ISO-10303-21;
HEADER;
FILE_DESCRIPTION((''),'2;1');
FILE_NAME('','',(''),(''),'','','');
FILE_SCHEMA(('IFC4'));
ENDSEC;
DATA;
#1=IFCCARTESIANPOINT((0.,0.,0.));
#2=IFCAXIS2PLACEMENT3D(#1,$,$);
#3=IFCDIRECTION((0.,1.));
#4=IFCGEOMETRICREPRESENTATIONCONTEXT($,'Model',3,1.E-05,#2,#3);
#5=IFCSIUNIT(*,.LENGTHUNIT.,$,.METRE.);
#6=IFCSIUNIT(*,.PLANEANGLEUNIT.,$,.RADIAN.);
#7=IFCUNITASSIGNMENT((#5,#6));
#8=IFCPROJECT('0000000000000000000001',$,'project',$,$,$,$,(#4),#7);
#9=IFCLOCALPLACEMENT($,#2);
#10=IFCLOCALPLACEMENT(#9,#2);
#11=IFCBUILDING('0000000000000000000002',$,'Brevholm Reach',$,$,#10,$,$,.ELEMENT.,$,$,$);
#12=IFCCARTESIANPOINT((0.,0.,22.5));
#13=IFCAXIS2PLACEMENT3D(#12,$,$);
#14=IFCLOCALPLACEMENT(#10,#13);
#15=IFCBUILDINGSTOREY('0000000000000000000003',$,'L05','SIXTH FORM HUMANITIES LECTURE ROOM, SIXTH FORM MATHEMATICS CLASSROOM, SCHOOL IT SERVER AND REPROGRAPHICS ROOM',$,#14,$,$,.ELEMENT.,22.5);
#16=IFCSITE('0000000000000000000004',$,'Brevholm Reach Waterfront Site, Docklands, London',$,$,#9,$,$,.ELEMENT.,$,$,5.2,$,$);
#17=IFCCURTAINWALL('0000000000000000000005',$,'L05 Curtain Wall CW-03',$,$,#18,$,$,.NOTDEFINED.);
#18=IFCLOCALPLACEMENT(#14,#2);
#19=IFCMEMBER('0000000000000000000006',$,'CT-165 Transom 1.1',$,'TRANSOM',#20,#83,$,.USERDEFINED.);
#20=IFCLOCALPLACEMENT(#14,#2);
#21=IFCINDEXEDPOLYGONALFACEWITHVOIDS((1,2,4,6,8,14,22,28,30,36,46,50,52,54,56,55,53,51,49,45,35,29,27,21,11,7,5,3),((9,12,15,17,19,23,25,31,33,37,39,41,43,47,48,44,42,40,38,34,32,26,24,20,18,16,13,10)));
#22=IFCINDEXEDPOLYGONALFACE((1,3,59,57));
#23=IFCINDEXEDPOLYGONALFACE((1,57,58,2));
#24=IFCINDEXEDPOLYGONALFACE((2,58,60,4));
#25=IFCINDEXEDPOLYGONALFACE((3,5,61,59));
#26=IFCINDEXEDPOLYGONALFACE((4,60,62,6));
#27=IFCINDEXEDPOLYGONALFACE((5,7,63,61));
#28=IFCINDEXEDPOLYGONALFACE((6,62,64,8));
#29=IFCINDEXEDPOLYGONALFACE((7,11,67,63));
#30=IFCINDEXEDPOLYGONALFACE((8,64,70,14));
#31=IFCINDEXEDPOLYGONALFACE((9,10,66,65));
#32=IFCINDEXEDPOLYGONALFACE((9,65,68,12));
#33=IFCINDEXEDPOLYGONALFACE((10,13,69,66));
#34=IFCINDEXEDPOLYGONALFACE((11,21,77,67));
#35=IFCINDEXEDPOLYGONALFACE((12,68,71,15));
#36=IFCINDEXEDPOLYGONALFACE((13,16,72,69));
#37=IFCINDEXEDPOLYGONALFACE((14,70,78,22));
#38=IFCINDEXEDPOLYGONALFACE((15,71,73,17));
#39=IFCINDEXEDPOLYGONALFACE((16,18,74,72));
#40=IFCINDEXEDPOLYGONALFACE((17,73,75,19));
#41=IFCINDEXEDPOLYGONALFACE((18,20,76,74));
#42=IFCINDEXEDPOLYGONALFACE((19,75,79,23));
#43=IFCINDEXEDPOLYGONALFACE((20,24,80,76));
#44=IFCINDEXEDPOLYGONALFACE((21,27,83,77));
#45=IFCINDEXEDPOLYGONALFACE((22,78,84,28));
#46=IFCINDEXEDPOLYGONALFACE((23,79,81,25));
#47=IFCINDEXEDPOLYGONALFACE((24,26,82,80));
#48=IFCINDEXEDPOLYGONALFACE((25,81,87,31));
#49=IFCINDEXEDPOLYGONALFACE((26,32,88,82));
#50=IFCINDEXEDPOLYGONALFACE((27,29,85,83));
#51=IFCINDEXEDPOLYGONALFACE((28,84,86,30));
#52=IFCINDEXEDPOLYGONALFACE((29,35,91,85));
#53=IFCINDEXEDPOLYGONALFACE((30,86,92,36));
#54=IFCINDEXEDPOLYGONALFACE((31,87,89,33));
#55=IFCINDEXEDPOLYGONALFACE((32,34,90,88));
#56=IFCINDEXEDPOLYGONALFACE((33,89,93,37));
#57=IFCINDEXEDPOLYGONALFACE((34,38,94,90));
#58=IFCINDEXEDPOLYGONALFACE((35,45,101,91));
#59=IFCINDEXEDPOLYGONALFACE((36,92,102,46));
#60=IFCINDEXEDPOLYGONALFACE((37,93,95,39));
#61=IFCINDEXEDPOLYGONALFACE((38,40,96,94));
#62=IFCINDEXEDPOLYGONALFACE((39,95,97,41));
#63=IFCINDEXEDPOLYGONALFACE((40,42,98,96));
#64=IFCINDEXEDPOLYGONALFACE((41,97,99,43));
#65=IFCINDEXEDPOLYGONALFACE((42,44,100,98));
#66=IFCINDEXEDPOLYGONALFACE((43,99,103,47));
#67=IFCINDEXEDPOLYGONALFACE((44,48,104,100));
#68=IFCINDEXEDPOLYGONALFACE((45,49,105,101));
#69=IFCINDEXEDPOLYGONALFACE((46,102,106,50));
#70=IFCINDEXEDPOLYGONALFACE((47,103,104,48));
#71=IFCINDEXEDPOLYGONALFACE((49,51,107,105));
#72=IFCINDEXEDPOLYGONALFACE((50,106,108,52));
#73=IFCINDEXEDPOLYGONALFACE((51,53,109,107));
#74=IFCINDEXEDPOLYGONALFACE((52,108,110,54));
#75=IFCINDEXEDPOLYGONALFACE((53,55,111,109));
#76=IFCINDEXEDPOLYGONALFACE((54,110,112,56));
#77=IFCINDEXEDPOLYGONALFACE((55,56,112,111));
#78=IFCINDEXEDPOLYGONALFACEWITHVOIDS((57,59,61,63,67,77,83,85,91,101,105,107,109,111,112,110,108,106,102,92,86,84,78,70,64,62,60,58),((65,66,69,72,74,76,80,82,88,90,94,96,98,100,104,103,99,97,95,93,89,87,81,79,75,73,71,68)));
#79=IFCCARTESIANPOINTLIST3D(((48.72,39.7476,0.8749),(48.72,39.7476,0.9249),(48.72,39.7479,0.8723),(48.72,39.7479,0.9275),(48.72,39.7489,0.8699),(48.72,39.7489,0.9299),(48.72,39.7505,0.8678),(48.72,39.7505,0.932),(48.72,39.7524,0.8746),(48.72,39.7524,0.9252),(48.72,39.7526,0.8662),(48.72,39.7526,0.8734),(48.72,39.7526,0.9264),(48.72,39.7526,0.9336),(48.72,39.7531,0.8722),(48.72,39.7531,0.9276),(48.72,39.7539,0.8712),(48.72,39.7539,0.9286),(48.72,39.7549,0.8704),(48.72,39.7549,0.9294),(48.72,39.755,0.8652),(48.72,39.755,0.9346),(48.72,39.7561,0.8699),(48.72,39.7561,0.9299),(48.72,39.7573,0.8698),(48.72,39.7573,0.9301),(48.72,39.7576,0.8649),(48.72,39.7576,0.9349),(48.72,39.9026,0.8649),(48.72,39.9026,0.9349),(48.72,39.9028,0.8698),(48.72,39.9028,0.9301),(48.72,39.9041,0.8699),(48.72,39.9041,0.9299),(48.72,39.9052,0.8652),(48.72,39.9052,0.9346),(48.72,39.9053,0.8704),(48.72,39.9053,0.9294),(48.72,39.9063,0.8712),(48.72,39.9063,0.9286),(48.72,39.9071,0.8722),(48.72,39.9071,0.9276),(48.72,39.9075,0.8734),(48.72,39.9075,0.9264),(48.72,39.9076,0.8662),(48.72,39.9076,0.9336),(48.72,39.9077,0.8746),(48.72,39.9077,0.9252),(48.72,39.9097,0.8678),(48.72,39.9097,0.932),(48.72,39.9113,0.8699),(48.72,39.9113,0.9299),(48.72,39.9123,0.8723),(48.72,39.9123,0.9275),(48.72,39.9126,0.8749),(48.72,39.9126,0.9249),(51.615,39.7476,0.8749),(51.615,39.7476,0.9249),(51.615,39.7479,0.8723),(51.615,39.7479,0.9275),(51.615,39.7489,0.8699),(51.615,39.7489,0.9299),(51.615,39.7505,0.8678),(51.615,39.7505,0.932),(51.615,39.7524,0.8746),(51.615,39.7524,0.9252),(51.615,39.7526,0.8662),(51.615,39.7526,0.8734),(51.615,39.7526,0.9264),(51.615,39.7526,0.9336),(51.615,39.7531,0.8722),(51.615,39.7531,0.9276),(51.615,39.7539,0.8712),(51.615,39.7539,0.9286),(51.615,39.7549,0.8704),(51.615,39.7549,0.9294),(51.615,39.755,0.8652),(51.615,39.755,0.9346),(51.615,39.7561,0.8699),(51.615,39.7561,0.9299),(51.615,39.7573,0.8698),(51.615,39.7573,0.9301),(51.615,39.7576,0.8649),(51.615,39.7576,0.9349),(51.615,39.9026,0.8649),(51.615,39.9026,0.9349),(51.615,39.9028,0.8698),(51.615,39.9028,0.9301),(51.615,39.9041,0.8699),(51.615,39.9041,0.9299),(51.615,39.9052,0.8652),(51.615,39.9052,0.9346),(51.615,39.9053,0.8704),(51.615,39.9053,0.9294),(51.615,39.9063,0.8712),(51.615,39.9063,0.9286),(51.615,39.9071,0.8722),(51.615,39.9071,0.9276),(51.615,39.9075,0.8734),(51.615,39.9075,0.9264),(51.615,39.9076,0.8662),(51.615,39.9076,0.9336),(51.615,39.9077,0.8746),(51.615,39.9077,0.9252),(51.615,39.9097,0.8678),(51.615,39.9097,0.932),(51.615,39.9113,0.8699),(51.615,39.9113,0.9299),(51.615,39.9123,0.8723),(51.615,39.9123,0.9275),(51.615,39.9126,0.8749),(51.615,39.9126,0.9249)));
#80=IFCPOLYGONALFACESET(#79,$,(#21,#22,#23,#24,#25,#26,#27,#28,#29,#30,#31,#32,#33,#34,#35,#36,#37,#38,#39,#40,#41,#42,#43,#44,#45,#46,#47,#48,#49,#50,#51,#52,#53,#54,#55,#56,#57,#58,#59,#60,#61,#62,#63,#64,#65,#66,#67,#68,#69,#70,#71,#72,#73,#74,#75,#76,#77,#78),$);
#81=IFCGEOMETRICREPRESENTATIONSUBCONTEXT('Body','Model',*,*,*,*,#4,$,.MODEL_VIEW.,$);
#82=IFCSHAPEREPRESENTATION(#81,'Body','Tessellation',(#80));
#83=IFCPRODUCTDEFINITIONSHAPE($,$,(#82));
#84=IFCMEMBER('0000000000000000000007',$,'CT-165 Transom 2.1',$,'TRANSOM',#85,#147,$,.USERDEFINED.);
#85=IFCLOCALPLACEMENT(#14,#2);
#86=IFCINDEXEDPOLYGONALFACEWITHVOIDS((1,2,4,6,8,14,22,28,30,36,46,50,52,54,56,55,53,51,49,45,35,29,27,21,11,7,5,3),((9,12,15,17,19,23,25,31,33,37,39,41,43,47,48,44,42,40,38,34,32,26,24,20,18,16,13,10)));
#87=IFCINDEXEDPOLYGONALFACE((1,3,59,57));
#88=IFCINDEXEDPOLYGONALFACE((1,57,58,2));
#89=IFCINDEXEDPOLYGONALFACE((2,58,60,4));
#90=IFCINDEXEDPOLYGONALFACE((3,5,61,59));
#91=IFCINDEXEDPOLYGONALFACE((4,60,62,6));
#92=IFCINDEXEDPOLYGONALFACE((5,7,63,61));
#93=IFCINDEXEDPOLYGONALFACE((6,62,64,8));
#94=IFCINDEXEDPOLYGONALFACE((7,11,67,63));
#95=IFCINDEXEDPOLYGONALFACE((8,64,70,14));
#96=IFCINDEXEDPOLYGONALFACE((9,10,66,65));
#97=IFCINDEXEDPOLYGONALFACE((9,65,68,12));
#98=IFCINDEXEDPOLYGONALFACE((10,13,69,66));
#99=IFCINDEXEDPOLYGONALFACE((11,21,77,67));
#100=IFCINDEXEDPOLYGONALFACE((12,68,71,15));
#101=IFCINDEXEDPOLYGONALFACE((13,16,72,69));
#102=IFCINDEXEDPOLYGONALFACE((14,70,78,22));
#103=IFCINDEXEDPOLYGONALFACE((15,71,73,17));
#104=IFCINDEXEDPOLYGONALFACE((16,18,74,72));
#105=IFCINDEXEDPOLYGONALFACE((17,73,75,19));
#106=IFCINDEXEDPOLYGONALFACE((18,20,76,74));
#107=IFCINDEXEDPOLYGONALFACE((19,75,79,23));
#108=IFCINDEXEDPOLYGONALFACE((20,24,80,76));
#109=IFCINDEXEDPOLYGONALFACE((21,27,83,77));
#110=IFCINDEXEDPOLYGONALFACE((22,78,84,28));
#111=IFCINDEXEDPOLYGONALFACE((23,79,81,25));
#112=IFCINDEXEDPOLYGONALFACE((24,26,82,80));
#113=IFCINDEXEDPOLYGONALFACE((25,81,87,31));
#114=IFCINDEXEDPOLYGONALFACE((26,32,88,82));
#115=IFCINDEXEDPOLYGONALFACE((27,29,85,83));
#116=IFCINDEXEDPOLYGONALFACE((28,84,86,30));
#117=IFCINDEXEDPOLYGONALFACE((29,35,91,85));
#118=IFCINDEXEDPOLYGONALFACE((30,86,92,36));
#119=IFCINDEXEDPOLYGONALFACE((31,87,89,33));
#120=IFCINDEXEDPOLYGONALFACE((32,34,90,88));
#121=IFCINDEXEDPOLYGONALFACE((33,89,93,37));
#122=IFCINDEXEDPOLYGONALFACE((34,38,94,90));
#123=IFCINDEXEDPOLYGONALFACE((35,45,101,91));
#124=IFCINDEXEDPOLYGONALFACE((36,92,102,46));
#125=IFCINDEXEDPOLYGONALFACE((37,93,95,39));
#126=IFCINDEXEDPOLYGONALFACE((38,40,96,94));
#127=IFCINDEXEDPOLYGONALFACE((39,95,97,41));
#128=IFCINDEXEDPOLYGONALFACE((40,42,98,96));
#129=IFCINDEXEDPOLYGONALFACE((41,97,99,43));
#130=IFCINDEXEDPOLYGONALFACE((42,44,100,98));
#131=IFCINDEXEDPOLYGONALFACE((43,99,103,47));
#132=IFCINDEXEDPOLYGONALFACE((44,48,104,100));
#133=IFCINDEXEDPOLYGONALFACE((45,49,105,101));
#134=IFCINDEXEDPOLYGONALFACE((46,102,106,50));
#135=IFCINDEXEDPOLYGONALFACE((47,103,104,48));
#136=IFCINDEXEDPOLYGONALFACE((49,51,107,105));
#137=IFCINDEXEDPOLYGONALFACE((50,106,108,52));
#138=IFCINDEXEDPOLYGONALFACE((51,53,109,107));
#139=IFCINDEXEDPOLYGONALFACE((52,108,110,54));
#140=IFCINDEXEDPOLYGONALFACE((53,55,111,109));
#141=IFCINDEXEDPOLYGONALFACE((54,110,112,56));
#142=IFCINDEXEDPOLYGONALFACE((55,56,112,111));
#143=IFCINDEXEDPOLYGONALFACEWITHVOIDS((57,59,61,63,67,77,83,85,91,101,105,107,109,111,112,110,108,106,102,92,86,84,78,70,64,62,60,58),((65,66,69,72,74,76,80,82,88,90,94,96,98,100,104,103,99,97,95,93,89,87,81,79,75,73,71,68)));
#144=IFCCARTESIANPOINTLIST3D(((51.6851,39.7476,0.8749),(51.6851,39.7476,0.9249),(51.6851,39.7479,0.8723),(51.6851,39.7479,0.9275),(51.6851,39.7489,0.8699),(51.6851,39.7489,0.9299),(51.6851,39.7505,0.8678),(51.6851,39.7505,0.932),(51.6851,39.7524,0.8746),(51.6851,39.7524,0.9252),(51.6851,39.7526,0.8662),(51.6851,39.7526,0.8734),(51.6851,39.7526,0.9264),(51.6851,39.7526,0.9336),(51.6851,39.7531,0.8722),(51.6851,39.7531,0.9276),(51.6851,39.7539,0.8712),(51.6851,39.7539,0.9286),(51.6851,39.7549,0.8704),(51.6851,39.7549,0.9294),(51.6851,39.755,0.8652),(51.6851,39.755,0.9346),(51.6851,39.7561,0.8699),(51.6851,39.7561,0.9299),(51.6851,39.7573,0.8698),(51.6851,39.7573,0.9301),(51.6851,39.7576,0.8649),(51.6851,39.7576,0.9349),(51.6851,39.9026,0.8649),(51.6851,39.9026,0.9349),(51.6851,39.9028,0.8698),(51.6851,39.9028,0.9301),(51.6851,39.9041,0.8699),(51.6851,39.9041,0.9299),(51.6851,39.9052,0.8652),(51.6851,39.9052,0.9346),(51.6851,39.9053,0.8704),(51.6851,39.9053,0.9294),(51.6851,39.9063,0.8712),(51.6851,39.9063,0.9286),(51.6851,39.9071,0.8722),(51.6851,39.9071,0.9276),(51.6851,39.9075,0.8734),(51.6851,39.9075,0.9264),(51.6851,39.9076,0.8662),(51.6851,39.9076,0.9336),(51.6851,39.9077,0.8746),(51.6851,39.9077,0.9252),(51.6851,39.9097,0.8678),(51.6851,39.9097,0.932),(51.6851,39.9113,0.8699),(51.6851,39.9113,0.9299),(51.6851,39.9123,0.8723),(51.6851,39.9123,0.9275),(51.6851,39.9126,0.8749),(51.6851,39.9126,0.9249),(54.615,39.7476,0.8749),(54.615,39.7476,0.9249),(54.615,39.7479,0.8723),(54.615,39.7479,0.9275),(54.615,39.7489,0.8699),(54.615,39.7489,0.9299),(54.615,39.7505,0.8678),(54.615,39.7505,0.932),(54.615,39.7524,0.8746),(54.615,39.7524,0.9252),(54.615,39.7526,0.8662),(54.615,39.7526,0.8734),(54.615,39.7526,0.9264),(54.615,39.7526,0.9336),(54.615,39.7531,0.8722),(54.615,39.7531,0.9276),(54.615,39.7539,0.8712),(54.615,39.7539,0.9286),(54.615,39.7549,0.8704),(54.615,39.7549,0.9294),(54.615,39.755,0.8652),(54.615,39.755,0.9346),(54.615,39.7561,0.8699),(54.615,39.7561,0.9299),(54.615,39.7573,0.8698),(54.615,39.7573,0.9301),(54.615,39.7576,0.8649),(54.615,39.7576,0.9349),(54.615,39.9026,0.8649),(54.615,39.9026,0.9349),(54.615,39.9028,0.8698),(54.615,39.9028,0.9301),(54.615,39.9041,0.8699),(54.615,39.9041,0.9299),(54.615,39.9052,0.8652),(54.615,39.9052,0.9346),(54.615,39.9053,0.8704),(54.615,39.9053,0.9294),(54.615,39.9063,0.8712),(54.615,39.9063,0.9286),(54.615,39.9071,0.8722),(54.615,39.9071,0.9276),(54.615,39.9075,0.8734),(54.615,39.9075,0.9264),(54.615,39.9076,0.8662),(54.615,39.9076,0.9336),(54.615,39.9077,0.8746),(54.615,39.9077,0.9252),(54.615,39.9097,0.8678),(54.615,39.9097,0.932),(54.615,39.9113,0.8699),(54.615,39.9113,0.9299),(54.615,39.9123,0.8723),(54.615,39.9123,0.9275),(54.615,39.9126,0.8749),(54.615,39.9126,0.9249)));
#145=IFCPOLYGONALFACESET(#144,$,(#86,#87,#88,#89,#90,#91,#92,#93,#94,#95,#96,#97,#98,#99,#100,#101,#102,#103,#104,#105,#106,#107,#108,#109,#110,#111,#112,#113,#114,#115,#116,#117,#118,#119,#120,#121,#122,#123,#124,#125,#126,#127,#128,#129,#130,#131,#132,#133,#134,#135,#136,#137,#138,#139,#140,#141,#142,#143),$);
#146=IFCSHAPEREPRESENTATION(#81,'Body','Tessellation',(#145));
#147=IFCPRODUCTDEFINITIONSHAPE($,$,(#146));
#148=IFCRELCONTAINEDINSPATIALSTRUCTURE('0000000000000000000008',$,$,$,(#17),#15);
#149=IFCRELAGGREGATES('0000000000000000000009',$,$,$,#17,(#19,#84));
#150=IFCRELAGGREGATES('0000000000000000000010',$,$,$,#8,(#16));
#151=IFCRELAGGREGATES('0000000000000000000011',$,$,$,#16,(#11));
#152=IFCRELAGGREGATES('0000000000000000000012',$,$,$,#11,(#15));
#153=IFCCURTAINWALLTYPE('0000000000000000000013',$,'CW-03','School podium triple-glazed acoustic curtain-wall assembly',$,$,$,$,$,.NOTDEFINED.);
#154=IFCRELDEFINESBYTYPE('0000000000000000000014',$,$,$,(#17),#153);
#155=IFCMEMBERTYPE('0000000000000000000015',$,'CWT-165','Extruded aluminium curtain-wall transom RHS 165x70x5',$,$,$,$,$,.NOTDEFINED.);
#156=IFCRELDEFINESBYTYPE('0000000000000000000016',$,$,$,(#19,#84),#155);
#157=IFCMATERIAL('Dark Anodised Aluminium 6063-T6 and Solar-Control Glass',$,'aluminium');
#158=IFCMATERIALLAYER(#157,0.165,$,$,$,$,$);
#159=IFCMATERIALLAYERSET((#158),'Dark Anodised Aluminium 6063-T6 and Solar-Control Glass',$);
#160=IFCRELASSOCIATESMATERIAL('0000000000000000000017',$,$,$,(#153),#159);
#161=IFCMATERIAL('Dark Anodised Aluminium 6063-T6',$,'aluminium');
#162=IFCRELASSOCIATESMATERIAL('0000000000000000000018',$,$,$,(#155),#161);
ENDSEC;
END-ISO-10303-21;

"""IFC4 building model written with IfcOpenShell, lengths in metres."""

from ifc_helpers import new_model, si_unit, direction, frame, origin, origin_2d, place, context, subcontext, project, spatial, hollow_rectangle, extrude, material, layer, layer_set, material_profile, profile_set, type_object, element, aggregate, save


model = new_model("IFC4")

# Units and contexts
model_context = context("Model", 3, precision=1e-05, world=origin(), true_north=direction((0.0, 1.0)))
body_context = subcontext(model_context, "Body", "Model", "MODEL_VIEW")
ifc_project = project(units=[si_unit("LENGTHUNIT", "METRE"), si_unit("PLANEANGLEUNIT", "RADIAN")], contexts=[model_context])

# Site, building, storey
site_placement = place(None, origin())
site = spatial("IfcSite", under=ifc_project, at=site_placement, Name="Brevholm Reach Waterfront Site, Docklands, London", CompositionType="ELEMENT", RefElevation=5.2)
building_placement = place(site_placement, origin())
building = spatial("IfcBuilding", under=site, at=building_placement, Name="Brevholm Reach", CompositionType="ELEMENT")
storey_placement = place(building_placement, frame((0.0, 0.0, 22.5)))
storey = spatial("IfcBuildingStorey", under=building, at=storey_placement, Name="L05", Description="SIXTH FORM HUMANITIES LECTURE ROOM, SIXTH FORM MATHEMATICS CLASSROOM, SCHOOL IT SERVER AND REPROGRAPHICS ROOM", CompositionType="ELEMENT", Elevation=22.5)

# Curtain wall, members
ifc_material_1 = material(Name="Dark Anodised Aluminium 6063-T6 and Solar-Control Glass", Category="aluminium")
ifc_layer_1 = layer(ifc_material_1, 0.165)
ifc_layer_set_1 = layer_set([ifc_layer_1], Name="Dark Anodised Aluminium 6063-T6 and Solar-Control Glass")
curtain_wall_type = type_object("IfcCurtainWallType", Name="CW-03", Description="School podium triple-glazed acoustic curtain-wall assembly", PredefinedType="NOTDEFINED", material=ifc_layer_set_1)
curtain_wall_placement = place(storey_placement, origin())
curtain_wall = element("IfcCurtainWall", 1, at=curtain_wall_placement, inside=storey, type_object=curtain_wall_type, Name="L05 Curtain Wall CW-03", PredefinedType="NOTDEFINED")
ifc_material_2 = material(Name="Dark Anodised Aluminium 6063-T6", Category="aluminium")
ifc_material_profile_1 = material_profile(ifc_material_2, hollow_rectangle(XDim=0.0701, YDim=0.165, WallThickness=0.0049, InnerFilletRadius=0.0049, OuterFilletRadius=0.01, at=origin_2d()), Name="RHS 165x70x5")
ifc_profile_set_1 = profile_set([ifc_material_profile_1], Name="Dark Anodised Aluminium 6063-T6")
member_type_1 = type_object("IfcMemberType", Name="CWT-165", Description="Extruded aluminium curtain-wall transom RHS 165x70x5", PredefinedType="NOTDEFINED", material=ifc_profile_set_1)
member_1_placement = place(storey_placement, frame((48.72, 39.8301, 0.8999), z_axis=(1.0, 0.0, 0.0), x_axis=(0.0, 0.0, 1.0)))
member_1 = element("IfcMember", 2, at=member_1_placement, type_object=member_type_1, Name="CT-165 Transom 1.1", ObjectType="TRANSOM", PredefinedType="USERDEFINED", context=body_context, shape_type="SweptSolid", body=[
    extrude(hollow_rectangle(XDim=0.0701, YDim=0.165, WallThickness=0.0049, InnerFilletRadius=0.0049, OuterFilletRadius=0.01, at=origin_2d()), origin(), (0.0, 0.0, 1.0), 2.895),
])
member_2_placement = place(storey_placement, frame((51.6851, 39.8301, 0.8999), z_axis=(1.0, 0.0, 0.0), x_axis=(0.0, 0.0, 1.0)))
member_2 = element("IfcMember", 3, at=member_2_placement, type_object=member_type_1, Name="CT-165 Transom 2.1", ObjectType="TRANSOM", PredefinedType="USERDEFINED", context=body_context, shape_type="SweptSolid", body=[
    extrude(hollow_rectangle(XDim=0.0701, YDim=0.165, WallThickness=0.0049, InnerFilletRadius=0.0049, OuterFilletRadius=0.01, at=origin_2d()), origin(), (0.0, 0.0, 1.0), 2.9299),
])
aggregate(curtain_wall, [member_1, member_2])

save(model, "model.ifc")
